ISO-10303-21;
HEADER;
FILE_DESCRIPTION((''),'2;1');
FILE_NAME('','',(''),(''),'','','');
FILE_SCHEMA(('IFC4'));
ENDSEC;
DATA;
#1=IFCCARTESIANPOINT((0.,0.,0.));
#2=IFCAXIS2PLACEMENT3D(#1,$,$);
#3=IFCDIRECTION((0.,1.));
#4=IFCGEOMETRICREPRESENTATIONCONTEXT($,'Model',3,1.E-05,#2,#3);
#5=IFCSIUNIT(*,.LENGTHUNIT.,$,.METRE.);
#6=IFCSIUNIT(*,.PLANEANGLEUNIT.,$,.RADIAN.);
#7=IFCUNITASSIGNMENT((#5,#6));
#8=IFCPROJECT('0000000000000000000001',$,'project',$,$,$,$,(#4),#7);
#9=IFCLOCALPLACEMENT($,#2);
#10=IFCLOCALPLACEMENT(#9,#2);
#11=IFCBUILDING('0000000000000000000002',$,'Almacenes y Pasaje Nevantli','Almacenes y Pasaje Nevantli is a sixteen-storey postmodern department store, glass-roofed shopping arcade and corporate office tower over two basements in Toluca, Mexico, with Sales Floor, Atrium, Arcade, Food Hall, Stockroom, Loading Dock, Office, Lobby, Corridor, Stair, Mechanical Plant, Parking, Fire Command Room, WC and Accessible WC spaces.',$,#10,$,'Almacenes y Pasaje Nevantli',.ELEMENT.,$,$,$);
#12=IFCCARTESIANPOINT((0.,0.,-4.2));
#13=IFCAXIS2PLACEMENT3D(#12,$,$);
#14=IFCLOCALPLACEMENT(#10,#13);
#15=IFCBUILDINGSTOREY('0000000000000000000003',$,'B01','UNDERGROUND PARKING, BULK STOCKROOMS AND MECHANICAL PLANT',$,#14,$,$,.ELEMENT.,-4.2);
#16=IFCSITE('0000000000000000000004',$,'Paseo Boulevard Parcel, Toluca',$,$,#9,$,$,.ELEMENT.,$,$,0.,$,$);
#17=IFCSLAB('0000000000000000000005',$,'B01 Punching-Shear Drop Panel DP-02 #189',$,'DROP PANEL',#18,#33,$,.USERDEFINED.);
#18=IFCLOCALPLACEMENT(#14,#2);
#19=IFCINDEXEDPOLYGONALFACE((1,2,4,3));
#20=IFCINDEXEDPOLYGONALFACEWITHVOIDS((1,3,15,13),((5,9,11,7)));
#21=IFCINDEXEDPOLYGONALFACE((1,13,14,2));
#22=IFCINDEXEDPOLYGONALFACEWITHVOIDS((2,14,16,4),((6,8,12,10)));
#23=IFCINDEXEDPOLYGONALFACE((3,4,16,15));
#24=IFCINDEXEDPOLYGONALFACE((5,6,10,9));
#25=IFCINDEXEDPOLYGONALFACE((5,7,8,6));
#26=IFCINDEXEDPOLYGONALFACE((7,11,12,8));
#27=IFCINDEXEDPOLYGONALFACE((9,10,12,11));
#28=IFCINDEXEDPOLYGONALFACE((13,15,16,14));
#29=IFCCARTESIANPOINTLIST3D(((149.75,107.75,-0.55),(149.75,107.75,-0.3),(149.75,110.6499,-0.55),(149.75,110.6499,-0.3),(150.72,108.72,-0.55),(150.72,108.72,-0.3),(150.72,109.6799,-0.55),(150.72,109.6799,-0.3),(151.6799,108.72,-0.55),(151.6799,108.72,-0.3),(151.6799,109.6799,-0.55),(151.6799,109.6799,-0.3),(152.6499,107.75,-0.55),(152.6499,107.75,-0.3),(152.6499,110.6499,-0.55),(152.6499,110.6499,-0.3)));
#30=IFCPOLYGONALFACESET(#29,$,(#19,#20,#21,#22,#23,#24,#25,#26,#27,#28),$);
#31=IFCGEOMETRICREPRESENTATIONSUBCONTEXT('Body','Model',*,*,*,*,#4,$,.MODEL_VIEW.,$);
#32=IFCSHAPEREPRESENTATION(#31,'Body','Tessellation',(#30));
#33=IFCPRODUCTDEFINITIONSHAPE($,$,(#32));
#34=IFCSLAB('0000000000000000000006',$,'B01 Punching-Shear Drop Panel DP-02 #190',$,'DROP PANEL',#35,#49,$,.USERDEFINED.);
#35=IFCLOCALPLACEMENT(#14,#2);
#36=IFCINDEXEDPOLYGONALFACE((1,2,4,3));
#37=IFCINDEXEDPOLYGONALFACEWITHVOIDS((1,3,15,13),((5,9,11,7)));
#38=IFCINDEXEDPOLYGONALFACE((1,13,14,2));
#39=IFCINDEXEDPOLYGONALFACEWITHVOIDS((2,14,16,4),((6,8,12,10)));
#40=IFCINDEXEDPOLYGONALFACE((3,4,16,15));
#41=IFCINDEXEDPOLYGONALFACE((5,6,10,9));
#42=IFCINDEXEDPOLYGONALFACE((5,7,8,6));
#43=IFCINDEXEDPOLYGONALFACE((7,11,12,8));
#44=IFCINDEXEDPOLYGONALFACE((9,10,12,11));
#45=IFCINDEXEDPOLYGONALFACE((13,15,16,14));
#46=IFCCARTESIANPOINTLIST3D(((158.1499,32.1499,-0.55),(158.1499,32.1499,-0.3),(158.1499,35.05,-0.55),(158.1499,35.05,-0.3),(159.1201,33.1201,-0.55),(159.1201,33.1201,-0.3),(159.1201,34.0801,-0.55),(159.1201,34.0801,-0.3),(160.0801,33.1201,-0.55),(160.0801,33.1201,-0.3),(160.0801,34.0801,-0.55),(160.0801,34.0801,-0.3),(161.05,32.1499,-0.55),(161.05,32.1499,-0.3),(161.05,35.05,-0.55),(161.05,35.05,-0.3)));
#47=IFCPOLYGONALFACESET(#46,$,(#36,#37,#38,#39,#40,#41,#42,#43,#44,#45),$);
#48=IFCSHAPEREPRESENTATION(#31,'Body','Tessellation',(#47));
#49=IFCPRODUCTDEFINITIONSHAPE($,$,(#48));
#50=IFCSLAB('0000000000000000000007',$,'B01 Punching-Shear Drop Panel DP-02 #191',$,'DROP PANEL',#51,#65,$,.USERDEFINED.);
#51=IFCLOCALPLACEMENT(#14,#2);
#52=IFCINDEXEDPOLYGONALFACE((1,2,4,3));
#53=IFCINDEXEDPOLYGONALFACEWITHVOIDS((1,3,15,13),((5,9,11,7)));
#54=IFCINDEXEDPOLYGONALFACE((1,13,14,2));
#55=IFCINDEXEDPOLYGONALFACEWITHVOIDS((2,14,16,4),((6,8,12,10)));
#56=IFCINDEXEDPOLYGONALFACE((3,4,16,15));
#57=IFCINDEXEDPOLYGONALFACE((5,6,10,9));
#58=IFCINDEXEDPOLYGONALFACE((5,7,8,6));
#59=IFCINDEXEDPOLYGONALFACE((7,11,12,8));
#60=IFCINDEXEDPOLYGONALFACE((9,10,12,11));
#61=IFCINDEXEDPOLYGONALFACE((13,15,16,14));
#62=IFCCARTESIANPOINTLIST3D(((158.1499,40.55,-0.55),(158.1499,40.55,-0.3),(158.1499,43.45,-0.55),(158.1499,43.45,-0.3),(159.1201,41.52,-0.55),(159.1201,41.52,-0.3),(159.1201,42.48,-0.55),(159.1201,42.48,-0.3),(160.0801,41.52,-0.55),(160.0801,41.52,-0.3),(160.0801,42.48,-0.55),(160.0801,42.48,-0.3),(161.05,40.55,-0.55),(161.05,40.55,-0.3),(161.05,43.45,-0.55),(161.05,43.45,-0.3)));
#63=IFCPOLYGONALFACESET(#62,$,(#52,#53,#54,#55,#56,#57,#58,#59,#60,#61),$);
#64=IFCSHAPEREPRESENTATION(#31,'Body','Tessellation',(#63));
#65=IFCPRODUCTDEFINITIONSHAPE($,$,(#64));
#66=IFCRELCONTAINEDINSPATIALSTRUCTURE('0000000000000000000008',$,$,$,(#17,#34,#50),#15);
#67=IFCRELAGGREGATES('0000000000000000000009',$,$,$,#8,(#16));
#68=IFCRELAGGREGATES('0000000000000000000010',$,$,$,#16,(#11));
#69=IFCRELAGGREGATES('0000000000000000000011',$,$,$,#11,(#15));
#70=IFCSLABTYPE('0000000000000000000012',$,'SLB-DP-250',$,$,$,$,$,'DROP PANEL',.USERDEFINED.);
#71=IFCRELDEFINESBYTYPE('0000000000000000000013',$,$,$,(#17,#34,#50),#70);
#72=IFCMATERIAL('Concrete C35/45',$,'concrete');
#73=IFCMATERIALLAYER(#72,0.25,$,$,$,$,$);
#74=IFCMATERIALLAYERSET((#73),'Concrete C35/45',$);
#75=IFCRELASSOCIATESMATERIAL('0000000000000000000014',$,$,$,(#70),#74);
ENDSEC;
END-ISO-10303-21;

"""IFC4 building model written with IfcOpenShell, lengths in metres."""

from ifc_helpers import new_model, si_unit, direction, frame, origin, place, context, subcontext, project, spatial, polyline, outline, extrude, material, layer, layer_set, type_object, element, save


model = new_model("IFC4")

# Units and contexts
model_context = context("Model", 3, precision=1e-05, world=origin(), true_north=direction((0.0, 1.0)))
body_context = subcontext(model_context, "Body", "Model", "MODEL_VIEW")
ifc_project = project(units=[si_unit("LENGTHUNIT", "METRE"), si_unit("PLANEANGLEUNIT", "RADIAN")], contexts=[model_context])

# Site, building, storey
site_placement = place(None, origin())
site = spatial("IfcSite", under=ifc_project, at=site_placement, Name="Paseo Boulevard Parcel, Toluca", CompositionType="ELEMENT", RefElevation=0.0)
building_placement = place(site_placement, origin())
building = spatial("IfcBuilding", under=site, at=building_placement, Name="Almacenes y Pasaje Nevantli", Description="Almacenes y Pasaje Nevantli is a sixteen-storey postmodern department store, glass-roofed shopping arcade and corporate office tower over two basements in Toluca, Mexico, with Sales Floor, Atrium, Arcade, Food Hall, Stockroom, Loading Dock, Office, Lobby, Corridor, Stair, Mechanical Plant, Parking, Fire Command Room, WC and Accessible WC spaces.", LongName="Almacenes y Pasaje Nevantli", CompositionType="ELEMENT")
storey_placement = place(building_placement, frame((0.0, 0.0, -4.2)))
storey = spatial("IfcBuildingStorey", under=building, at=storey_placement, Name="B01", Description="UNDERGROUND PARKING, BULK STOCKROOMS AND MECHANICAL PLANT", CompositionType="ELEMENT", Elevation=-4.2)

# Slabs
ifc_material = material(Name="Concrete C35/45", Category="concrete")
ifc_layer = layer(ifc_material, 0.25)
ifc_layer_set = layer_set([ifc_layer], Name="Concrete C35/45")
slab_type = type_object("IfcSlabType", Name="SLB-DP-250", ElementType="DROP PANEL", PredefinedType="USERDEFINED", material=ifc_layer_set)
slab_1_placement = place(storey_placement, frame((0.0, 0.0, -0.55)))
element("IfcSlab", 1, at=slab_1_placement, inside=storey, type_object=slab_type, Name="B01 Punching-Shear Drop Panel DP-02 #189", ObjectType="DROP PANEL", PredefinedType="USERDEFINED", context=body_context, shape_type="SweptSolid", body=[
    extrude(outline(polyline([(149.75, 107.75), (152.6499, 107.75), (152.6499, 110.6499), (149.75, 110.6499), (149.75, 107.75)]), holes=[polyline([(150.72, 108.72), (151.6799, 108.72), (151.6799, 109.6799), (150.72, 109.6799), (150.72, 108.72)])]), origin(), (0.0, 0.0, 1.0), 0.25),
])
slab_2_placement = place(storey_placement, frame((0.0, 0.0, -0.55)))
element("IfcSlab", 2, at=slab_2_placement, inside=storey, type_object=slab_type, Name="B01 Punching-Shear Drop Panel DP-02 #190", ObjectType="DROP PANEL", PredefinedType="USERDEFINED", context=body_context, shape_type="SweptSolid", body=[
    extrude(outline(polyline([(158.1499, 32.1499), (161.05, 32.1499), (161.05, 35.05), (158.1499, 35.05), (158.1499, 32.1499)]), holes=[polyline([(159.1201, 33.1201), (160.0801, 33.1201), (160.0801, 34.0801), (159.1201, 34.0801), (159.1201, 33.1201)])]), origin(), (0.0, 0.0, 1.0), 0.25),
])
slab_3_placement = place(storey_placement, frame((0.0, 0.0, -0.55)))
element("IfcSlab", 3, at=slab_3_placement, inside=storey, type_object=slab_type, Name="B01 Punching-Shear Drop Panel DP-02 #191", ObjectType="DROP PANEL", PredefinedType="USERDEFINED", context=body_context, shape_type="SweptSolid", body=[
    extrude(outline(polyline([(158.1499, 40.55), (161.05, 40.55), (161.05, 43.45), (158.1499, 43.45), (158.1499, 40.55)]), holes=[polyline([(159.1201, 41.52), (160.0801, 41.52), (160.0801, 42.48), (159.1201, 42.48), (159.1201, 41.52)])]), origin(), (0.0, 0.0, 1.0), 0.25),
])

save(model, "model.ifc")
